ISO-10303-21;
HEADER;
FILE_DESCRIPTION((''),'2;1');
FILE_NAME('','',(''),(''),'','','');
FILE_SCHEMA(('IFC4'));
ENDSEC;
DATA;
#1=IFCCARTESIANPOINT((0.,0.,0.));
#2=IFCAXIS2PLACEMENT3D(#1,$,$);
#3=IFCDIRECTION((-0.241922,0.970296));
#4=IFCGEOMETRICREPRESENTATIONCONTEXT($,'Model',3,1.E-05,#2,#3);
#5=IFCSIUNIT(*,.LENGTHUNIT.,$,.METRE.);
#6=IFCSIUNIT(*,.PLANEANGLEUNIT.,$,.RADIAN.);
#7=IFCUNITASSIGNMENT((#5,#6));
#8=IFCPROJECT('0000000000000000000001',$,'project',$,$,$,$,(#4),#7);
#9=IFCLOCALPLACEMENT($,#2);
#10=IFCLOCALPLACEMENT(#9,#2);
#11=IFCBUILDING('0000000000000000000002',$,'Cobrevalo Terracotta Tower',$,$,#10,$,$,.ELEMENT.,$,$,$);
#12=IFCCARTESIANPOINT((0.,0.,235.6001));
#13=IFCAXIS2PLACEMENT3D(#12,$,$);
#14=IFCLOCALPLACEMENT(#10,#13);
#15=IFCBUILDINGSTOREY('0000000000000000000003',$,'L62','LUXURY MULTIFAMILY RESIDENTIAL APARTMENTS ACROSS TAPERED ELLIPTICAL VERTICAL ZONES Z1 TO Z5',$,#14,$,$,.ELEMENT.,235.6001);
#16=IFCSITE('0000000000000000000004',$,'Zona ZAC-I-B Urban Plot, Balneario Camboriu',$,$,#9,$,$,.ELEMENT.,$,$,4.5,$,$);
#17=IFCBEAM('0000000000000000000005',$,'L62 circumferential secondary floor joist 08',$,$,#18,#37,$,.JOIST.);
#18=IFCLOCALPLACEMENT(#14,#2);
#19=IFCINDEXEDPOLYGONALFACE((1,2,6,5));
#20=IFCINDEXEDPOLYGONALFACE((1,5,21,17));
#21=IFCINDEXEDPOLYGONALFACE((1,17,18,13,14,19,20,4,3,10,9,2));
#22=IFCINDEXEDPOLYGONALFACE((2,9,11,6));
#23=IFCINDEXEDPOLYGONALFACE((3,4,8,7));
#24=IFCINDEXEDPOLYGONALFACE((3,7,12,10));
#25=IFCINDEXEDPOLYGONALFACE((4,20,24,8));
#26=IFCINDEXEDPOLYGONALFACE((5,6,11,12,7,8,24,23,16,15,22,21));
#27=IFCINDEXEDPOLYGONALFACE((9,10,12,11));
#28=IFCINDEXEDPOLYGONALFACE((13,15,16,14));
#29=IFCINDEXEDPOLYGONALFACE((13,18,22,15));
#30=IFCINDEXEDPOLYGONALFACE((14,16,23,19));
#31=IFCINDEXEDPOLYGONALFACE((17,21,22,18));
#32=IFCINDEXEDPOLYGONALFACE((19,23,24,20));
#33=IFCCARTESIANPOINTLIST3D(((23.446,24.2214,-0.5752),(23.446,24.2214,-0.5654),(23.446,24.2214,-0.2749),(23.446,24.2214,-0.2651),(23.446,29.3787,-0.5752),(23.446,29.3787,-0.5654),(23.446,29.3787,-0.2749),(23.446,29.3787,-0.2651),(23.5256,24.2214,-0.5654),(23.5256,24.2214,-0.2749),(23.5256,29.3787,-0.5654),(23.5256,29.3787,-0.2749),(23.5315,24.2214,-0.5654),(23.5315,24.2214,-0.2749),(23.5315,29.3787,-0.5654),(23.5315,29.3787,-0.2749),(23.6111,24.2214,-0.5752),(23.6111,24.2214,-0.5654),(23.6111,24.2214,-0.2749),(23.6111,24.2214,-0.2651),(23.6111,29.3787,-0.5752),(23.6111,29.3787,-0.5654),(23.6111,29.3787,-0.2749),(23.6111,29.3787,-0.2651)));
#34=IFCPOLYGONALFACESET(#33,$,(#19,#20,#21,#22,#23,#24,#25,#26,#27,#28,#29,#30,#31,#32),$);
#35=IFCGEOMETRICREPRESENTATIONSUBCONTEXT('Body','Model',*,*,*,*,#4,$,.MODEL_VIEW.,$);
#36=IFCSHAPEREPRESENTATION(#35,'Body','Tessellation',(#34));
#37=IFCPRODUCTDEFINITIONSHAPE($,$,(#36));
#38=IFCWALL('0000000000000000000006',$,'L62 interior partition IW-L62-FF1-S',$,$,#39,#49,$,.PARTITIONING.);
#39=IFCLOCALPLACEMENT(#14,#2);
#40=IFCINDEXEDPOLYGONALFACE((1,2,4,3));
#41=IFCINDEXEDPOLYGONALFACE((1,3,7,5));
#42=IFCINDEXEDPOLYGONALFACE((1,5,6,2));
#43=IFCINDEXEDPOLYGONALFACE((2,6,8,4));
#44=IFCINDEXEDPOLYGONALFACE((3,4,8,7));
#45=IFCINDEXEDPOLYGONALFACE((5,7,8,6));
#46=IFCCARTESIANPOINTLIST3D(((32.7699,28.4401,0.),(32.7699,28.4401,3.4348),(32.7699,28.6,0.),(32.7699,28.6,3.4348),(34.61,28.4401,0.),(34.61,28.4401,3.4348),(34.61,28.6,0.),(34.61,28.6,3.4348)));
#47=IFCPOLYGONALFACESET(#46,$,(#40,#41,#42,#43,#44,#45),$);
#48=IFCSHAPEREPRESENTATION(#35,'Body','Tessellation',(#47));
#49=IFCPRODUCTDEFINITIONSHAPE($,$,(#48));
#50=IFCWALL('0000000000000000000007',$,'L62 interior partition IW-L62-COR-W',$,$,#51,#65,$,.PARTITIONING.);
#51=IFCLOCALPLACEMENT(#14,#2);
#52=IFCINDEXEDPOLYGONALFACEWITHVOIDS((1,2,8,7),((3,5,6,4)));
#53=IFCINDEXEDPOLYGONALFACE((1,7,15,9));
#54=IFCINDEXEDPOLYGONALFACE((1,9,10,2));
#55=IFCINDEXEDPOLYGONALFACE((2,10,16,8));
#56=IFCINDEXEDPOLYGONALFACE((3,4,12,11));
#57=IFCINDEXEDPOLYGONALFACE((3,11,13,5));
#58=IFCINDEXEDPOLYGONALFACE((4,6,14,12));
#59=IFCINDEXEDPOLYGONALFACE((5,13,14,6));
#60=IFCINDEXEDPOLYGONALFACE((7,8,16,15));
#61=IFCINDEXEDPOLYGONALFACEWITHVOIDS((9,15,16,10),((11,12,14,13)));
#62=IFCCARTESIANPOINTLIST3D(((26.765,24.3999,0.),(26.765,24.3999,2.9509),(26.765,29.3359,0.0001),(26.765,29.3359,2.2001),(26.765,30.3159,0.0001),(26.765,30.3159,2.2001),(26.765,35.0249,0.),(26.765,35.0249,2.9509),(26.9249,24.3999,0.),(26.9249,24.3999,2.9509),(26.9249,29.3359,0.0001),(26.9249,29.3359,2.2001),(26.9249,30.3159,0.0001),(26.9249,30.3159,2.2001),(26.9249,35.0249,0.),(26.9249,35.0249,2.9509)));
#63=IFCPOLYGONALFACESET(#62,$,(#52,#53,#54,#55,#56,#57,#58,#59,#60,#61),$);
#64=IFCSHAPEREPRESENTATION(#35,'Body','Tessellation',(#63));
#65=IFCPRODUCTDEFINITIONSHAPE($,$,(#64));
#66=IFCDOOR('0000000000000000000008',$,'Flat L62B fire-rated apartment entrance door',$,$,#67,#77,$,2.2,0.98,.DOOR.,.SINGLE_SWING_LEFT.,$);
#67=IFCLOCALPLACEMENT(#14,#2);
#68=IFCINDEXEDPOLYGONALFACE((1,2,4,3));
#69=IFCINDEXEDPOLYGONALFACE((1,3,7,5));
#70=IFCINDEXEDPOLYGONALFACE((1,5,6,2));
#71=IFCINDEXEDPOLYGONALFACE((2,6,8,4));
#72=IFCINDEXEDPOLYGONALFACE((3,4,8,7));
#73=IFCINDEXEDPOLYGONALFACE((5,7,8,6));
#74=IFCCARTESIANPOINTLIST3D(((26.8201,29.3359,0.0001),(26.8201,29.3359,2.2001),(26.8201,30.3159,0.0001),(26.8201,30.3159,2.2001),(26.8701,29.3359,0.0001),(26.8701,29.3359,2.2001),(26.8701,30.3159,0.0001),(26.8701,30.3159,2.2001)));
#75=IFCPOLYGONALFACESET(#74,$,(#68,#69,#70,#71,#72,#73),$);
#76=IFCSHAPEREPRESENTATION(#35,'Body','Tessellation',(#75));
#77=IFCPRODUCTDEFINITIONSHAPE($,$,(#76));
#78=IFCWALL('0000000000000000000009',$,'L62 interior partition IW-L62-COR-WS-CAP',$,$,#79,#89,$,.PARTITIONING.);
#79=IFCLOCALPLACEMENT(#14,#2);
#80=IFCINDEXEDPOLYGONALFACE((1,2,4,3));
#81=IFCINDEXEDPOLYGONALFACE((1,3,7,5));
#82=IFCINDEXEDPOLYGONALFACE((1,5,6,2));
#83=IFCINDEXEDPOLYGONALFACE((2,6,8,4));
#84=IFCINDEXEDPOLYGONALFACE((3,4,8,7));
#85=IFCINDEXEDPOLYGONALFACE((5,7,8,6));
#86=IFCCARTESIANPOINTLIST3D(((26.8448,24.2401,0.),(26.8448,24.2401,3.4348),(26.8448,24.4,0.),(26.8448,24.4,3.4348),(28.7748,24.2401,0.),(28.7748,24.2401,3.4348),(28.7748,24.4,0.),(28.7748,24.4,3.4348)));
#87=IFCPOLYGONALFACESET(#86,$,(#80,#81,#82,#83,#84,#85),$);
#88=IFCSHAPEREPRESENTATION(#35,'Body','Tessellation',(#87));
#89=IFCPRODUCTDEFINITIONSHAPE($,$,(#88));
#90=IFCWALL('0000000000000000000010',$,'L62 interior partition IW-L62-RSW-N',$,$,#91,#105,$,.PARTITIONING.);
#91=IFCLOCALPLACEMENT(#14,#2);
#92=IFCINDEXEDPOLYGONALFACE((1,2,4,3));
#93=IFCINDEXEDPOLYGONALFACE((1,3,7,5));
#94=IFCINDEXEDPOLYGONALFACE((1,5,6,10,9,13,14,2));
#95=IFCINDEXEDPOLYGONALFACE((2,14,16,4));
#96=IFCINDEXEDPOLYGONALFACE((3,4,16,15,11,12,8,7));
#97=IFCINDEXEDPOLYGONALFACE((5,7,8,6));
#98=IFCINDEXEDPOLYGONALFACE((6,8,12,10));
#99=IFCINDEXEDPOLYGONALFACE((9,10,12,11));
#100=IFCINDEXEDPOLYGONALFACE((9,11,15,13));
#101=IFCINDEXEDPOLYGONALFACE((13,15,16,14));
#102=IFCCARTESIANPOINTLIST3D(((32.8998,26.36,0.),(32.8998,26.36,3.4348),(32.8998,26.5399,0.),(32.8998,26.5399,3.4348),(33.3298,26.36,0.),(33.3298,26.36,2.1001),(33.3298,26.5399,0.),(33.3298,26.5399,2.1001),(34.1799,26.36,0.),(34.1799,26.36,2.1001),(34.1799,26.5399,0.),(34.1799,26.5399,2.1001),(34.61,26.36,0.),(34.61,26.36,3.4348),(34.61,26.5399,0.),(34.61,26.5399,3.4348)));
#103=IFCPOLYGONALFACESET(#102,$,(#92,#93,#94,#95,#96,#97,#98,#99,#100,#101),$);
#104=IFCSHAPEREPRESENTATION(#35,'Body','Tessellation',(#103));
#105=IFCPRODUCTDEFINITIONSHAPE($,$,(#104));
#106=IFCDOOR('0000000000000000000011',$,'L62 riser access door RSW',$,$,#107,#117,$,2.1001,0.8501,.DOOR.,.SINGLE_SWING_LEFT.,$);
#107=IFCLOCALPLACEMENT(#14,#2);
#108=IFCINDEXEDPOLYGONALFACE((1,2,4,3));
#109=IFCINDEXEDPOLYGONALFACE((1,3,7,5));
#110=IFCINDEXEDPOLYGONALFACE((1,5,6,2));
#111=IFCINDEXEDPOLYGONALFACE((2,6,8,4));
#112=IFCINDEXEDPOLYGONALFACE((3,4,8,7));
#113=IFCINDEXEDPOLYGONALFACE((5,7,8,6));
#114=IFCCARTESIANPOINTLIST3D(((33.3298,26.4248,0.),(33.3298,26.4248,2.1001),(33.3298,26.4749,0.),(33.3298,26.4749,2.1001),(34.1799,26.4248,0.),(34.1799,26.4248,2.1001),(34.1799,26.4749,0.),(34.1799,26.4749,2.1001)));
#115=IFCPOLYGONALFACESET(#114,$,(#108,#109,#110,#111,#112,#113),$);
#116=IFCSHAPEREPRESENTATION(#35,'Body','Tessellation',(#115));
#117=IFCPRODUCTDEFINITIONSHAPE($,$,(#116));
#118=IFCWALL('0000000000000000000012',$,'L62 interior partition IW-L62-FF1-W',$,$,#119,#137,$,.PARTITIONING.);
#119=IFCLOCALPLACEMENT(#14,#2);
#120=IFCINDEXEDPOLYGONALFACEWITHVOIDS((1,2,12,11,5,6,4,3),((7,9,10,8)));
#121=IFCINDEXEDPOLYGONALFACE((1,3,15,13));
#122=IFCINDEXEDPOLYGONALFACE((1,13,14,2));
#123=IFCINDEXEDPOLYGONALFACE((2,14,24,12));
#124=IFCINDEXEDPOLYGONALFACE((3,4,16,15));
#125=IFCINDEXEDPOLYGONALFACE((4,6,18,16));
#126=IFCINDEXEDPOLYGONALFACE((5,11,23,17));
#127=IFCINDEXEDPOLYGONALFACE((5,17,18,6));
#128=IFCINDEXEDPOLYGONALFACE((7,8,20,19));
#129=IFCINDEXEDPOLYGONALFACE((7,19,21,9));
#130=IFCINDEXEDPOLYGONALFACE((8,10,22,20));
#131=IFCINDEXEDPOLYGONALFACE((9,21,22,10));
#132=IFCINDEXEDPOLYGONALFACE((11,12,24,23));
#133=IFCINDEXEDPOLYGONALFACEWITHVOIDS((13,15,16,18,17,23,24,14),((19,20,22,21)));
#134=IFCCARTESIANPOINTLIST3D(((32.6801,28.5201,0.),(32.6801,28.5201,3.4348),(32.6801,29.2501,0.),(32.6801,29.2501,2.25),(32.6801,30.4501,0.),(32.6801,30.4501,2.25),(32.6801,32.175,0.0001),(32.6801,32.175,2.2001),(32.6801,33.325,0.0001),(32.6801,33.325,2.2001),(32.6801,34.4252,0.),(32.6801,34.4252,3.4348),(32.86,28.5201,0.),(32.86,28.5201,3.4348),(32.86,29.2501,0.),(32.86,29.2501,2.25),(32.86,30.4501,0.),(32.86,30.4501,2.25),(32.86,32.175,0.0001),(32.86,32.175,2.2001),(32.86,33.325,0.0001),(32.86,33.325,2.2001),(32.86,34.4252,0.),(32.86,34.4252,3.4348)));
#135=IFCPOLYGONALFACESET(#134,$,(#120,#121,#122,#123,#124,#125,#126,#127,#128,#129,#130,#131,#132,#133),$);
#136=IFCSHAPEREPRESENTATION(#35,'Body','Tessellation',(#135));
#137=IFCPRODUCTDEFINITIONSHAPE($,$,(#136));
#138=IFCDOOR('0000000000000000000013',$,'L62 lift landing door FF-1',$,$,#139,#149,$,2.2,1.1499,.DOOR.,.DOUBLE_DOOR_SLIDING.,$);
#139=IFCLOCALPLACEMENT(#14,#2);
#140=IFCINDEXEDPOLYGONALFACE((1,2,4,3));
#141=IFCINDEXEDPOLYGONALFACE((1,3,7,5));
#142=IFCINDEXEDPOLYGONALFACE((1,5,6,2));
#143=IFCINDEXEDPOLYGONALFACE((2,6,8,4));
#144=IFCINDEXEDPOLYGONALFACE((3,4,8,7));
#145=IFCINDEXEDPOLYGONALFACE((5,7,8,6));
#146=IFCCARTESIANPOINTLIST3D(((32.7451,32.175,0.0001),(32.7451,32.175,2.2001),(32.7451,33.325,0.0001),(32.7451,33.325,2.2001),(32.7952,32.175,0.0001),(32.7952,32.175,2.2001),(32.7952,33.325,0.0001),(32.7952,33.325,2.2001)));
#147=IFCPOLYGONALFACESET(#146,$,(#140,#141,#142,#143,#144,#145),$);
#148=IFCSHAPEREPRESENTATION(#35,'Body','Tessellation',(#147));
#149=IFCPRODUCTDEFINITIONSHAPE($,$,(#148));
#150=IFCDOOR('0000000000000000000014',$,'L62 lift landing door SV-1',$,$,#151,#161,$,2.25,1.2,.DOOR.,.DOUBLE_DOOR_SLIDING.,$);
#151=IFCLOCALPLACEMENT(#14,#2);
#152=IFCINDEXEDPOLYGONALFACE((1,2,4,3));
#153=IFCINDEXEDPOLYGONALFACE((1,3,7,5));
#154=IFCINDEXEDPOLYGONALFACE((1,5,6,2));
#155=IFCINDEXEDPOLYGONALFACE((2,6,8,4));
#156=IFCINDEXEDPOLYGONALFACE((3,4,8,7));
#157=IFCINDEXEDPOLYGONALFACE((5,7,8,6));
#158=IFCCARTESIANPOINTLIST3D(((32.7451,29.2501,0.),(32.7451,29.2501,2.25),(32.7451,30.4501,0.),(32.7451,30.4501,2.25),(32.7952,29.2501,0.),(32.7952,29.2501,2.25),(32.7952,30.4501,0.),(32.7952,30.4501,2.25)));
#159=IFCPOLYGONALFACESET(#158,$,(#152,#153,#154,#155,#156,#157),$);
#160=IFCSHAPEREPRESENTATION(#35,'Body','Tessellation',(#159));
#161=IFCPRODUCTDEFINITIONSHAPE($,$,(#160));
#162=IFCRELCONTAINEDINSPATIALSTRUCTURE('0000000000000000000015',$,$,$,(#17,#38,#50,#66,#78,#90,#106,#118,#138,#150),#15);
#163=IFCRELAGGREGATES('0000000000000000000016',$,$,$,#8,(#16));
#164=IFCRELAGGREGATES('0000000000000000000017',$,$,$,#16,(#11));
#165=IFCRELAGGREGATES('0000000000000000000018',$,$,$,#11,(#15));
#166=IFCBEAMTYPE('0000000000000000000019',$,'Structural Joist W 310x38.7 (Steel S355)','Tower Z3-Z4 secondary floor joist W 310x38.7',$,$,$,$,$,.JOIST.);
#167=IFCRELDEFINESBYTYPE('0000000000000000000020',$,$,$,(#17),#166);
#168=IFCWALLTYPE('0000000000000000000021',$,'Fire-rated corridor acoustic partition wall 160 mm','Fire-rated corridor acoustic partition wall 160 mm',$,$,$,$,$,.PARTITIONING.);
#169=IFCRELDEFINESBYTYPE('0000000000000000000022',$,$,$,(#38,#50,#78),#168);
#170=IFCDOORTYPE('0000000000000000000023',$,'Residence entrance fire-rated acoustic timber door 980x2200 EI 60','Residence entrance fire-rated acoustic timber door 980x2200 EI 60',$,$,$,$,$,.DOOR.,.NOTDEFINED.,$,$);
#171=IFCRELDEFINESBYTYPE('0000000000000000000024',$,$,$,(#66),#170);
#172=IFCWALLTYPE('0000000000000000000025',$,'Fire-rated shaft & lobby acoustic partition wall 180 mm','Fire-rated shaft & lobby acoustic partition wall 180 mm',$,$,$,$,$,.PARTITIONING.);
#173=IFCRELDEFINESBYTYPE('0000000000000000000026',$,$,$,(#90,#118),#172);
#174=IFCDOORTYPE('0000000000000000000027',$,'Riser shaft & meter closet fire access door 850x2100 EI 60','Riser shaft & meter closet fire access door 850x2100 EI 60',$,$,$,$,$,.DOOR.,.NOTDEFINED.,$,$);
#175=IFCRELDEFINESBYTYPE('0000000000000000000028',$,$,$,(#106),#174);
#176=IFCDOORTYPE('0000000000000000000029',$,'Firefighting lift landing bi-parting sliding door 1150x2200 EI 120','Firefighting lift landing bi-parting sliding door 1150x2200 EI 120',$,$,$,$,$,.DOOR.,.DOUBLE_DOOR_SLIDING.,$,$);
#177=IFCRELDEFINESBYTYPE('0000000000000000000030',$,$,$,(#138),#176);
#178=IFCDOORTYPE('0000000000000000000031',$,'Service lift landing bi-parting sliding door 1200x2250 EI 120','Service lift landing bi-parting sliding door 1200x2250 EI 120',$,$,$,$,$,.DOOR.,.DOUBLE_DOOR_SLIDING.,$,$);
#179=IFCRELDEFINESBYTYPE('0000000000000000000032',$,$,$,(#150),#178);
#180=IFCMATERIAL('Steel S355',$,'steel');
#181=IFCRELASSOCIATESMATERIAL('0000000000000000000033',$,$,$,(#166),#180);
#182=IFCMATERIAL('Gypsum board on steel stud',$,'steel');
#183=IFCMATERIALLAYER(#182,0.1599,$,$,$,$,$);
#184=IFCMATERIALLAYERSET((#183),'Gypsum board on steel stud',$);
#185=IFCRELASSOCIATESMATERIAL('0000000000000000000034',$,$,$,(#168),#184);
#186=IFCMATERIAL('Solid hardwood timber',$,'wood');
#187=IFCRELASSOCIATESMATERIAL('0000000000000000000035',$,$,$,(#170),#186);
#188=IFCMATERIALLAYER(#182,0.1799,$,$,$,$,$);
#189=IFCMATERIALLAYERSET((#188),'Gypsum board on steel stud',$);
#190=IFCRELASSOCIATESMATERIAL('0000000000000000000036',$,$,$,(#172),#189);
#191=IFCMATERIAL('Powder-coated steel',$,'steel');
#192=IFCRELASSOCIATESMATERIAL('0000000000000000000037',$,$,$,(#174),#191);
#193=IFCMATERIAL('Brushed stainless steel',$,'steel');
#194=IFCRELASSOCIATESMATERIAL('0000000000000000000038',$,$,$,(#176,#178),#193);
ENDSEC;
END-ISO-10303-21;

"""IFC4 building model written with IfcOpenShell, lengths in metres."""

from ifc_helpers import new_model, si_unit, direction, frame, frame_2d, origin, origin_2d, place, context, subcontext, project, spatial, rectangle, i_section, extrude, source, transform, mapped, material, layer, layer_set, material_profile, profile_set, type_object, element, fill, save


model = new_model("IFC4")

# Units and contexts
model_context = context("Model", 3, precision=1e-05, world=origin(), true_north=direction((-0.241922, 0.970296)))
body_context = subcontext(model_context, "Body", "Model", "MODEL_VIEW")
ifc_project = project(units=[si_unit("LENGTHUNIT", "METRE"), si_unit("PLANEANGLEUNIT", "RADIAN")], contexts=[model_context])

# Site, building, storey
site_placement = place(None, origin())
site = spatial("IfcSite", under=ifc_project, at=site_placement, Name="Zona ZAC-I-B Urban Plot, Balneario Camboriu", CompositionType="ELEMENT", RefElevation=4.5)
building_placement = place(site_placement, origin())
building = spatial("IfcBuilding", under=site, at=building_placement, Name="Cobrevalo Terracotta Tower", CompositionType="ELEMENT")
storey_placement = place(building_placement, frame((0.0, 0.0, 235.6001)))
storey = spatial("IfcBuildingStorey", under=building, at=storey_placement, Name="L62", Description="LUXURY MULTIFAMILY RESIDENTIAL APARTMENTS ACROSS TAPERED ELLIPTICAL VERTICAL ZONES Z1 TO Z5", CompositionType="ELEMENT", Elevation=235.6001)

# Beam
ifc_material_1 = material(Name="Steel S355", Category="steel")
ifc_material_profile = material_profile(ifc_material_1, i_section(OverallWidth=0.165, OverallDepth=0.3101, WebThickness=0.0059, FlangeThickness=0.0098, at=origin_2d()), Name="W 310x38.7")
ifc_profile_set = profile_set([ifc_material_profile], Name="Steel S355")
beam_type = type_object("IfcBeamType", Name="Structural Joist W 310x38.7 (Steel S355)", Description="Tower Z3-Z4 secondary floor joist W 310x38.7", PredefinedType="JOIST", material=ifc_profile_set)
beam_placement = place(storey_placement, frame((23.5286, 29.3787, -0.4202), z_axis=(0.0, -1.0, 0.0), x_axis=(1.0, 0.0, 0.0)))
element("IfcBeam", 1, at=beam_placement, inside=storey, type_object=beam_type, Name="L62 circumferential secondary floor joist 08", PredefinedType="JOIST", context=body_context, shape_type="SweptSolid", body=[
    extrude(i_section(OverallWidth=0.165, OverallDepth=0.3101, WebThickness=0.0059, FlangeThickness=0.0098, at=origin_2d()), origin(), (0.0, 0.0, 1.0), 5.1572),
])

# Wall
ifc_material_2 = material(Name="Gypsum board on steel stud", Category="steel")
ifc_layer_1 = layer(ifc_material_2, 0.1599)
ifc_layer_set_1 = layer_set([ifc_layer_1], Name="Gypsum board on steel stud")
wall_type_1 = type_object("IfcWallType", Name="Fire-rated corridor acoustic partition wall 160 mm", Description="Fire-rated corridor acoustic partition wall 160 mm", PredefinedType="PARTITIONING", material=ifc_layer_set_1)
wall_1_placement = place(storey_placement, frame((32.77, 28.52, 0.0), z_axis=(0.0, 0.0, 1.0), x_axis=(1.0, 0.0, 0.0)))
element("IfcWall", 2, at=wall_1_placement, inside=storey, type_object=wall_type_1, Name="L62 interior partition IW-L62-FF1-S", PredefinedType="PARTITIONING", context=body_context, shape_type="SweptSolid", body=[
    extrude(rectangle(XDim=1.8401, YDim=0.1599, at=frame_2d((0.9199, 0.0))), origin(), (0.0, 0.0, 1.0), 3.4348),
])

# Wall, opening, door
wall_2_placement = place(storey_placement, frame((26.845, 24.3999, 0.0), z_axis=(0.0, 0.0, 1.0), x_axis=(0.0, 1.0, 0.0)))
wall_2 = element("IfcWall", 3, at=wall_2_placement, inside=storey, type_object=wall_type_1, Name="L62 interior partition IW-L62-COR-W", PredefinedType="PARTITIONING", context=body_context, shape_type="SweptSolid", body=[
    extrude(rectangle(XDim=10.625, YDim=0.1599, at=frame_2d((5.3125, 0.0))), origin(), (0.0, 0.0, 1.0), 2.9509),
])
opening_1_placement = place(wall_2_placement, frame((4.936, 0.0, 0.0)))
opening_1 = element("IfcOpeningElement", 4, at=opening_1_placement, cuts=wall_2, PredefinedType="OPENING", context=body_context, shape_type="SweptSolid", body=[
    extrude(rectangle(XDim=0.98, YDim=2.2, at=frame_2d((0.49, 1.1001))), frame((0.0, 0.0898, 0.0), z_axis=(0.0, -1.0, 0.0), x_axis=(1.0, 0.0, 0.0)), (0.0, 0.0, 1.0), 0.1799),
])
ifc_material_3 = material(Name="Solid hardwood timber", Category="wood")
door_type_1 = type_object("IfcDoorType", Name="Residence entrance fire-rated acoustic timber door 980x2200 EI 60", Description="Residence entrance fire-rated acoustic timber door 980x2200 EI 60", OperationType="NOTDEFINED", PredefinedType="DOOR", material=ifc_material_3)
shared_shape_1 = source(origin(), body_context, "Body", "SweptSolid", [
    extrude(rectangle(XDim=0.98, YDim=2.2, at=frame_2d((0.49, 1.1001))), frame((0.0, 0.0249, 0.0), z_axis=(0.0, -1.0, 0.0), x_axis=(1.0, 0.0, 0.0)), (0.0, 0.0, 1.0), 0.05),
])
door_1_placement = place(opening_1_placement, origin())
door_1 = element("IfcDoor", 5, at=door_1_placement, inside=storey, type_object=door_type_1, Name="Flat L62B fire-rated apartment entrance door", OperationType="SINGLE_SWING_LEFT", OverallHeight=2.2, OverallWidth=0.98, PredefinedType="DOOR", context=body_context, shape_type="MappedRepresentation", body=[
    mapped(shared_shape_1, transform((0.0, 0.0, 0.0), scale=1.0)),
])
fill(opening_1, door_1)

# Wall
wall_3_placement = place(storey_placement, frame((26.845, 24.3201, 0.0), z_axis=(0.0, 0.0, 1.0), x_axis=(1.0, 0.0, 0.0)))
element("IfcWall", 6, at=wall_3_placement, inside=storey, type_object=wall_type_1, Name="L62 interior partition IW-L62-COR-WS-CAP", PredefinedType="PARTITIONING", context=body_context, shape_type="SweptSolid", body=[
    extrude(rectangle(XDim=1.9299, YDim=0.1599, at=frame_2d((0.9648, 0.0))), origin(), (0.0, 0.0, 1.0), 3.4348),
])

# Wall, opening, door
ifc_layer_2 = layer(ifc_material_2, 0.1799)
ifc_layer_set_2 = layer_set([ifc_layer_2], Name="Gypsum board on steel stud")
wall_type_2 = type_object("IfcWallType", Name="Fire-rated shaft & lobby acoustic partition wall 180 mm", Description="Fire-rated shaft & lobby acoustic partition wall 180 mm", PredefinedType="PARTITIONING", material=ifc_layer_set_2)
wall_4_placement = place(storey_placement, frame((32.8999, 26.45, 0.0), z_axis=(0.0, 0.0, 1.0), x_axis=(1.0, 0.0, 0.0)))
wall_4 = element("IfcWall", 7, at=wall_4_placement, inside=storey, type_object=wall_type_2, Name="L62 interior partition IW-L62-RSW-N", PredefinedType="PARTITIONING", context=body_context, shape_type="SweptSolid", body=[
    extrude(rectangle(XDim=1.7102, YDim=0.1799, at=frame_2d((0.855, 0.0))), origin(), (0.0, 0.0, 1.0), 3.4348),
])
opening_2_placement = place(wall_4_placement, frame((0.4299, 0.0, 0.0)))
opening_2 = element("IfcOpeningElement", 8, at=opening_2_placement, cuts=wall_4, PredefinedType="OPENING", context=body_context, shape_type="SweptSolid", body=[
    extrude(rectangle(XDim=0.8501, YDim=2.1001, at=frame_2d((0.425, 1.05))), frame((0.0, 0.1001, 0.0), z_axis=(0.0, -1.0, 0.0), x_axis=(1.0, 0.0, 0.0)), (0.0, 0.0, 1.0), 0.2),
])
ifc_material_4 = material(Name="Powder-coated steel", Category="steel")
door_type_2 = type_object("IfcDoorType", Name="Riser shaft & meter closet fire access door 850x2100 EI 60", Description="Riser shaft & meter closet fire access door 850x2100 EI 60", OperationType="NOTDEFINED", PredefinedType="DOOR", material=ifc_material_4)
shared_shape_2 = source(origin(), body_context, "Body", "SweptSolid", [
    extrude(rectangle(XDim=0.8501, YDim=2.1001, at=frame_2d((0.425, 1.05))), frame((0.0, 0.0249, 0.0), z_axis=(0.0, -1.0, 0.0), x_axis=(1.0, 0.0, 0.0)), (0.0, 0.0, 1.0), 0.05),
])
door_2_placement = place(opening_2_placement, origin())
door_2 = element("IfcDoor", 9, at=door_2_placement, inside=storey, type_object=door_type_2, Name="L62 riser access door RSW", OperationType="SINGLE_SWING_LEFT", OverallHeight=2.1001, OverallWidth=0.8501, PredefinedType="DOOR", context=body_context, shape_type="MappedRepresentation", body=[
    mapped(shared_shape_2, transform((0.0, 0.0, 0.0), scale=1.0)),
])
fill(opening_2, door_2)

# Wall, openings, doors
wall_5_placement = place(storey_placement, frame((32.77, 28.52, 0.0), z_axis=(0.0, 0.0, 1.0), x_axis=(0.0, 1.0, 0.0)))
wall_5 = element("IfcWall", 10, at=wall_5_placement, inside=storey, type_object=wall_type_2, Name="L62 interior partition IW-L62-FF1-W", PredefinedType="PARTITIONING", context=body_context, shape_type="SweptSolid", body=[
    extrude(rectangle(XDim=5.905, YDim=0.1799, at=frame_2d((2.9526, 0.0))), origin(), (0.0, 0.0, 1.0), 3.4348),
])
opening_3_placement = place(wall_5_placement, frame((3.655, 0.0, 0.0)))
opening_3 = element("IfcOpeningElement", 11, at=opening_3_placement, cuts=wall_5, PredefinedType="OPENING", context=body_context, shape_type="SweptSolid", body=[
    extrude(rectangle(XDim=1.1499, YDim=2.2, at=frame_2d((0.575, 1.1001))), frame((0.0, 0.1001, 0.0), z_axis=(0.0, -1.0, 0.0), x_axis=(1.0, 0.0, 0.0)), (0.0, 0.0, 1.0), 0.2),
])
opening_4_placement = place(wall_5_placement, frame((0.73, 0.0, 0.0)))
opening_4 = element("IfcOpeningElement", 12, at=opening_4_placement, cuts=wall_5, PredefinedType="OPENING", context=body_context, shape_type="SweptSolid", body=[
    extrude(rectangle(XDim=1.2, YDim=2.25, at=frame_2d((0.6001, 1.125))), frame((0.0, 0.1001, 0.0), z_axis=(0.0, -1.0, 0.0), x_axis=(1.0, 0.0, 0.0)), (0.0, 0.0, 1.0), 0.2),
])
ifc_material_5 = material(Name="Brushed stainless steel", Category="steel")
door_type_3 = type_object("IfcDoorType", Name="Firefighting lift landing bi-parting sliding door 1150x2200 EI 120", Description="Firefighting lift landing bi-parting sliding door 1150x2200 EI 120", OperationType="DOUBLE_DOOR_SLIDING", PredefinedType="DOOR", material=ifc_material_5)
shared_shape_3 = source(origin(), body_context, "Body", "SweptSolid", [
    extrude(rectangle(XDim=1.1499, YDim=2.2, at=frame_2d((0.575, 1.1001))), frame((0.0, 0.0249, 0.0), z_axis=(0.0, -1.0, 0.0), x_axis=(1.0, 0.0, 0.0)), (0.0, 0.0, 1.0), 0.05),
])
door_3_placement = place(opening_3_placement, origin())
door_3 = element("IfcDoor", 13, at=door_3_placement, inside=storey, type_object=door_type_3, Name="L62 lift landing door FF-1", OperationType="DOUBLE_DOOR_SLIDING", OverallHeight=2.2, OverallWidth=1.1499, PredefinedType="DOOR", context=body_context, shape_type="MappedRepresentation", body=[
    mapped(shared_shape_3, transform((0.0, 0.0, 0.0), scale=1.0)),
])
fill(opening_3, door_3)
door_type_4 = type_object("IfcDoorType", Name="Service lift landing bi-parting sliding door 1200x2250 EI 120", Description="Service lift landing bi-parting sliding door 1200x2250 EI 120", OperationType="DOUBLE_DOOR_SLIDING", PredefinedType="DOOR", material=ifc_material_5)
shared_shape_4 = source(origin(), body_context, "Body", "SweptSolid", [
    extrude(rectangle(XDim=1.2, YDim=2.25, at=frame_2d((0.6001, 1.125))), frame((0.0, 0.0249, 0.0), z_axis=(0.0, -1.0, 0.0), x_axis=(1.0, 0.0, 0.0)), (0.0, 0.0, 1.0), 0.05),
])
door_4_placement = place(opening_4_placement, origin())
door_4 = element("IfcDoor", 14, at=door_4_placement, inside=storey, type_object=door_type_4, Name="L62 lift landing door SV-1", OperationType="DOUBLE_DOOR_SLIDING", OverallHeight=2.25, OverallWidth=1.2, PredefinedType="DOOR", context=body_context, shape_type="MappedRepresentation", body=[
    mapped(shared_shape_4, transform((0.0, 0.0, 0.0), scale=1.0)),
])
fill(opening_4, door_4)

save(model, "model.ifc")
